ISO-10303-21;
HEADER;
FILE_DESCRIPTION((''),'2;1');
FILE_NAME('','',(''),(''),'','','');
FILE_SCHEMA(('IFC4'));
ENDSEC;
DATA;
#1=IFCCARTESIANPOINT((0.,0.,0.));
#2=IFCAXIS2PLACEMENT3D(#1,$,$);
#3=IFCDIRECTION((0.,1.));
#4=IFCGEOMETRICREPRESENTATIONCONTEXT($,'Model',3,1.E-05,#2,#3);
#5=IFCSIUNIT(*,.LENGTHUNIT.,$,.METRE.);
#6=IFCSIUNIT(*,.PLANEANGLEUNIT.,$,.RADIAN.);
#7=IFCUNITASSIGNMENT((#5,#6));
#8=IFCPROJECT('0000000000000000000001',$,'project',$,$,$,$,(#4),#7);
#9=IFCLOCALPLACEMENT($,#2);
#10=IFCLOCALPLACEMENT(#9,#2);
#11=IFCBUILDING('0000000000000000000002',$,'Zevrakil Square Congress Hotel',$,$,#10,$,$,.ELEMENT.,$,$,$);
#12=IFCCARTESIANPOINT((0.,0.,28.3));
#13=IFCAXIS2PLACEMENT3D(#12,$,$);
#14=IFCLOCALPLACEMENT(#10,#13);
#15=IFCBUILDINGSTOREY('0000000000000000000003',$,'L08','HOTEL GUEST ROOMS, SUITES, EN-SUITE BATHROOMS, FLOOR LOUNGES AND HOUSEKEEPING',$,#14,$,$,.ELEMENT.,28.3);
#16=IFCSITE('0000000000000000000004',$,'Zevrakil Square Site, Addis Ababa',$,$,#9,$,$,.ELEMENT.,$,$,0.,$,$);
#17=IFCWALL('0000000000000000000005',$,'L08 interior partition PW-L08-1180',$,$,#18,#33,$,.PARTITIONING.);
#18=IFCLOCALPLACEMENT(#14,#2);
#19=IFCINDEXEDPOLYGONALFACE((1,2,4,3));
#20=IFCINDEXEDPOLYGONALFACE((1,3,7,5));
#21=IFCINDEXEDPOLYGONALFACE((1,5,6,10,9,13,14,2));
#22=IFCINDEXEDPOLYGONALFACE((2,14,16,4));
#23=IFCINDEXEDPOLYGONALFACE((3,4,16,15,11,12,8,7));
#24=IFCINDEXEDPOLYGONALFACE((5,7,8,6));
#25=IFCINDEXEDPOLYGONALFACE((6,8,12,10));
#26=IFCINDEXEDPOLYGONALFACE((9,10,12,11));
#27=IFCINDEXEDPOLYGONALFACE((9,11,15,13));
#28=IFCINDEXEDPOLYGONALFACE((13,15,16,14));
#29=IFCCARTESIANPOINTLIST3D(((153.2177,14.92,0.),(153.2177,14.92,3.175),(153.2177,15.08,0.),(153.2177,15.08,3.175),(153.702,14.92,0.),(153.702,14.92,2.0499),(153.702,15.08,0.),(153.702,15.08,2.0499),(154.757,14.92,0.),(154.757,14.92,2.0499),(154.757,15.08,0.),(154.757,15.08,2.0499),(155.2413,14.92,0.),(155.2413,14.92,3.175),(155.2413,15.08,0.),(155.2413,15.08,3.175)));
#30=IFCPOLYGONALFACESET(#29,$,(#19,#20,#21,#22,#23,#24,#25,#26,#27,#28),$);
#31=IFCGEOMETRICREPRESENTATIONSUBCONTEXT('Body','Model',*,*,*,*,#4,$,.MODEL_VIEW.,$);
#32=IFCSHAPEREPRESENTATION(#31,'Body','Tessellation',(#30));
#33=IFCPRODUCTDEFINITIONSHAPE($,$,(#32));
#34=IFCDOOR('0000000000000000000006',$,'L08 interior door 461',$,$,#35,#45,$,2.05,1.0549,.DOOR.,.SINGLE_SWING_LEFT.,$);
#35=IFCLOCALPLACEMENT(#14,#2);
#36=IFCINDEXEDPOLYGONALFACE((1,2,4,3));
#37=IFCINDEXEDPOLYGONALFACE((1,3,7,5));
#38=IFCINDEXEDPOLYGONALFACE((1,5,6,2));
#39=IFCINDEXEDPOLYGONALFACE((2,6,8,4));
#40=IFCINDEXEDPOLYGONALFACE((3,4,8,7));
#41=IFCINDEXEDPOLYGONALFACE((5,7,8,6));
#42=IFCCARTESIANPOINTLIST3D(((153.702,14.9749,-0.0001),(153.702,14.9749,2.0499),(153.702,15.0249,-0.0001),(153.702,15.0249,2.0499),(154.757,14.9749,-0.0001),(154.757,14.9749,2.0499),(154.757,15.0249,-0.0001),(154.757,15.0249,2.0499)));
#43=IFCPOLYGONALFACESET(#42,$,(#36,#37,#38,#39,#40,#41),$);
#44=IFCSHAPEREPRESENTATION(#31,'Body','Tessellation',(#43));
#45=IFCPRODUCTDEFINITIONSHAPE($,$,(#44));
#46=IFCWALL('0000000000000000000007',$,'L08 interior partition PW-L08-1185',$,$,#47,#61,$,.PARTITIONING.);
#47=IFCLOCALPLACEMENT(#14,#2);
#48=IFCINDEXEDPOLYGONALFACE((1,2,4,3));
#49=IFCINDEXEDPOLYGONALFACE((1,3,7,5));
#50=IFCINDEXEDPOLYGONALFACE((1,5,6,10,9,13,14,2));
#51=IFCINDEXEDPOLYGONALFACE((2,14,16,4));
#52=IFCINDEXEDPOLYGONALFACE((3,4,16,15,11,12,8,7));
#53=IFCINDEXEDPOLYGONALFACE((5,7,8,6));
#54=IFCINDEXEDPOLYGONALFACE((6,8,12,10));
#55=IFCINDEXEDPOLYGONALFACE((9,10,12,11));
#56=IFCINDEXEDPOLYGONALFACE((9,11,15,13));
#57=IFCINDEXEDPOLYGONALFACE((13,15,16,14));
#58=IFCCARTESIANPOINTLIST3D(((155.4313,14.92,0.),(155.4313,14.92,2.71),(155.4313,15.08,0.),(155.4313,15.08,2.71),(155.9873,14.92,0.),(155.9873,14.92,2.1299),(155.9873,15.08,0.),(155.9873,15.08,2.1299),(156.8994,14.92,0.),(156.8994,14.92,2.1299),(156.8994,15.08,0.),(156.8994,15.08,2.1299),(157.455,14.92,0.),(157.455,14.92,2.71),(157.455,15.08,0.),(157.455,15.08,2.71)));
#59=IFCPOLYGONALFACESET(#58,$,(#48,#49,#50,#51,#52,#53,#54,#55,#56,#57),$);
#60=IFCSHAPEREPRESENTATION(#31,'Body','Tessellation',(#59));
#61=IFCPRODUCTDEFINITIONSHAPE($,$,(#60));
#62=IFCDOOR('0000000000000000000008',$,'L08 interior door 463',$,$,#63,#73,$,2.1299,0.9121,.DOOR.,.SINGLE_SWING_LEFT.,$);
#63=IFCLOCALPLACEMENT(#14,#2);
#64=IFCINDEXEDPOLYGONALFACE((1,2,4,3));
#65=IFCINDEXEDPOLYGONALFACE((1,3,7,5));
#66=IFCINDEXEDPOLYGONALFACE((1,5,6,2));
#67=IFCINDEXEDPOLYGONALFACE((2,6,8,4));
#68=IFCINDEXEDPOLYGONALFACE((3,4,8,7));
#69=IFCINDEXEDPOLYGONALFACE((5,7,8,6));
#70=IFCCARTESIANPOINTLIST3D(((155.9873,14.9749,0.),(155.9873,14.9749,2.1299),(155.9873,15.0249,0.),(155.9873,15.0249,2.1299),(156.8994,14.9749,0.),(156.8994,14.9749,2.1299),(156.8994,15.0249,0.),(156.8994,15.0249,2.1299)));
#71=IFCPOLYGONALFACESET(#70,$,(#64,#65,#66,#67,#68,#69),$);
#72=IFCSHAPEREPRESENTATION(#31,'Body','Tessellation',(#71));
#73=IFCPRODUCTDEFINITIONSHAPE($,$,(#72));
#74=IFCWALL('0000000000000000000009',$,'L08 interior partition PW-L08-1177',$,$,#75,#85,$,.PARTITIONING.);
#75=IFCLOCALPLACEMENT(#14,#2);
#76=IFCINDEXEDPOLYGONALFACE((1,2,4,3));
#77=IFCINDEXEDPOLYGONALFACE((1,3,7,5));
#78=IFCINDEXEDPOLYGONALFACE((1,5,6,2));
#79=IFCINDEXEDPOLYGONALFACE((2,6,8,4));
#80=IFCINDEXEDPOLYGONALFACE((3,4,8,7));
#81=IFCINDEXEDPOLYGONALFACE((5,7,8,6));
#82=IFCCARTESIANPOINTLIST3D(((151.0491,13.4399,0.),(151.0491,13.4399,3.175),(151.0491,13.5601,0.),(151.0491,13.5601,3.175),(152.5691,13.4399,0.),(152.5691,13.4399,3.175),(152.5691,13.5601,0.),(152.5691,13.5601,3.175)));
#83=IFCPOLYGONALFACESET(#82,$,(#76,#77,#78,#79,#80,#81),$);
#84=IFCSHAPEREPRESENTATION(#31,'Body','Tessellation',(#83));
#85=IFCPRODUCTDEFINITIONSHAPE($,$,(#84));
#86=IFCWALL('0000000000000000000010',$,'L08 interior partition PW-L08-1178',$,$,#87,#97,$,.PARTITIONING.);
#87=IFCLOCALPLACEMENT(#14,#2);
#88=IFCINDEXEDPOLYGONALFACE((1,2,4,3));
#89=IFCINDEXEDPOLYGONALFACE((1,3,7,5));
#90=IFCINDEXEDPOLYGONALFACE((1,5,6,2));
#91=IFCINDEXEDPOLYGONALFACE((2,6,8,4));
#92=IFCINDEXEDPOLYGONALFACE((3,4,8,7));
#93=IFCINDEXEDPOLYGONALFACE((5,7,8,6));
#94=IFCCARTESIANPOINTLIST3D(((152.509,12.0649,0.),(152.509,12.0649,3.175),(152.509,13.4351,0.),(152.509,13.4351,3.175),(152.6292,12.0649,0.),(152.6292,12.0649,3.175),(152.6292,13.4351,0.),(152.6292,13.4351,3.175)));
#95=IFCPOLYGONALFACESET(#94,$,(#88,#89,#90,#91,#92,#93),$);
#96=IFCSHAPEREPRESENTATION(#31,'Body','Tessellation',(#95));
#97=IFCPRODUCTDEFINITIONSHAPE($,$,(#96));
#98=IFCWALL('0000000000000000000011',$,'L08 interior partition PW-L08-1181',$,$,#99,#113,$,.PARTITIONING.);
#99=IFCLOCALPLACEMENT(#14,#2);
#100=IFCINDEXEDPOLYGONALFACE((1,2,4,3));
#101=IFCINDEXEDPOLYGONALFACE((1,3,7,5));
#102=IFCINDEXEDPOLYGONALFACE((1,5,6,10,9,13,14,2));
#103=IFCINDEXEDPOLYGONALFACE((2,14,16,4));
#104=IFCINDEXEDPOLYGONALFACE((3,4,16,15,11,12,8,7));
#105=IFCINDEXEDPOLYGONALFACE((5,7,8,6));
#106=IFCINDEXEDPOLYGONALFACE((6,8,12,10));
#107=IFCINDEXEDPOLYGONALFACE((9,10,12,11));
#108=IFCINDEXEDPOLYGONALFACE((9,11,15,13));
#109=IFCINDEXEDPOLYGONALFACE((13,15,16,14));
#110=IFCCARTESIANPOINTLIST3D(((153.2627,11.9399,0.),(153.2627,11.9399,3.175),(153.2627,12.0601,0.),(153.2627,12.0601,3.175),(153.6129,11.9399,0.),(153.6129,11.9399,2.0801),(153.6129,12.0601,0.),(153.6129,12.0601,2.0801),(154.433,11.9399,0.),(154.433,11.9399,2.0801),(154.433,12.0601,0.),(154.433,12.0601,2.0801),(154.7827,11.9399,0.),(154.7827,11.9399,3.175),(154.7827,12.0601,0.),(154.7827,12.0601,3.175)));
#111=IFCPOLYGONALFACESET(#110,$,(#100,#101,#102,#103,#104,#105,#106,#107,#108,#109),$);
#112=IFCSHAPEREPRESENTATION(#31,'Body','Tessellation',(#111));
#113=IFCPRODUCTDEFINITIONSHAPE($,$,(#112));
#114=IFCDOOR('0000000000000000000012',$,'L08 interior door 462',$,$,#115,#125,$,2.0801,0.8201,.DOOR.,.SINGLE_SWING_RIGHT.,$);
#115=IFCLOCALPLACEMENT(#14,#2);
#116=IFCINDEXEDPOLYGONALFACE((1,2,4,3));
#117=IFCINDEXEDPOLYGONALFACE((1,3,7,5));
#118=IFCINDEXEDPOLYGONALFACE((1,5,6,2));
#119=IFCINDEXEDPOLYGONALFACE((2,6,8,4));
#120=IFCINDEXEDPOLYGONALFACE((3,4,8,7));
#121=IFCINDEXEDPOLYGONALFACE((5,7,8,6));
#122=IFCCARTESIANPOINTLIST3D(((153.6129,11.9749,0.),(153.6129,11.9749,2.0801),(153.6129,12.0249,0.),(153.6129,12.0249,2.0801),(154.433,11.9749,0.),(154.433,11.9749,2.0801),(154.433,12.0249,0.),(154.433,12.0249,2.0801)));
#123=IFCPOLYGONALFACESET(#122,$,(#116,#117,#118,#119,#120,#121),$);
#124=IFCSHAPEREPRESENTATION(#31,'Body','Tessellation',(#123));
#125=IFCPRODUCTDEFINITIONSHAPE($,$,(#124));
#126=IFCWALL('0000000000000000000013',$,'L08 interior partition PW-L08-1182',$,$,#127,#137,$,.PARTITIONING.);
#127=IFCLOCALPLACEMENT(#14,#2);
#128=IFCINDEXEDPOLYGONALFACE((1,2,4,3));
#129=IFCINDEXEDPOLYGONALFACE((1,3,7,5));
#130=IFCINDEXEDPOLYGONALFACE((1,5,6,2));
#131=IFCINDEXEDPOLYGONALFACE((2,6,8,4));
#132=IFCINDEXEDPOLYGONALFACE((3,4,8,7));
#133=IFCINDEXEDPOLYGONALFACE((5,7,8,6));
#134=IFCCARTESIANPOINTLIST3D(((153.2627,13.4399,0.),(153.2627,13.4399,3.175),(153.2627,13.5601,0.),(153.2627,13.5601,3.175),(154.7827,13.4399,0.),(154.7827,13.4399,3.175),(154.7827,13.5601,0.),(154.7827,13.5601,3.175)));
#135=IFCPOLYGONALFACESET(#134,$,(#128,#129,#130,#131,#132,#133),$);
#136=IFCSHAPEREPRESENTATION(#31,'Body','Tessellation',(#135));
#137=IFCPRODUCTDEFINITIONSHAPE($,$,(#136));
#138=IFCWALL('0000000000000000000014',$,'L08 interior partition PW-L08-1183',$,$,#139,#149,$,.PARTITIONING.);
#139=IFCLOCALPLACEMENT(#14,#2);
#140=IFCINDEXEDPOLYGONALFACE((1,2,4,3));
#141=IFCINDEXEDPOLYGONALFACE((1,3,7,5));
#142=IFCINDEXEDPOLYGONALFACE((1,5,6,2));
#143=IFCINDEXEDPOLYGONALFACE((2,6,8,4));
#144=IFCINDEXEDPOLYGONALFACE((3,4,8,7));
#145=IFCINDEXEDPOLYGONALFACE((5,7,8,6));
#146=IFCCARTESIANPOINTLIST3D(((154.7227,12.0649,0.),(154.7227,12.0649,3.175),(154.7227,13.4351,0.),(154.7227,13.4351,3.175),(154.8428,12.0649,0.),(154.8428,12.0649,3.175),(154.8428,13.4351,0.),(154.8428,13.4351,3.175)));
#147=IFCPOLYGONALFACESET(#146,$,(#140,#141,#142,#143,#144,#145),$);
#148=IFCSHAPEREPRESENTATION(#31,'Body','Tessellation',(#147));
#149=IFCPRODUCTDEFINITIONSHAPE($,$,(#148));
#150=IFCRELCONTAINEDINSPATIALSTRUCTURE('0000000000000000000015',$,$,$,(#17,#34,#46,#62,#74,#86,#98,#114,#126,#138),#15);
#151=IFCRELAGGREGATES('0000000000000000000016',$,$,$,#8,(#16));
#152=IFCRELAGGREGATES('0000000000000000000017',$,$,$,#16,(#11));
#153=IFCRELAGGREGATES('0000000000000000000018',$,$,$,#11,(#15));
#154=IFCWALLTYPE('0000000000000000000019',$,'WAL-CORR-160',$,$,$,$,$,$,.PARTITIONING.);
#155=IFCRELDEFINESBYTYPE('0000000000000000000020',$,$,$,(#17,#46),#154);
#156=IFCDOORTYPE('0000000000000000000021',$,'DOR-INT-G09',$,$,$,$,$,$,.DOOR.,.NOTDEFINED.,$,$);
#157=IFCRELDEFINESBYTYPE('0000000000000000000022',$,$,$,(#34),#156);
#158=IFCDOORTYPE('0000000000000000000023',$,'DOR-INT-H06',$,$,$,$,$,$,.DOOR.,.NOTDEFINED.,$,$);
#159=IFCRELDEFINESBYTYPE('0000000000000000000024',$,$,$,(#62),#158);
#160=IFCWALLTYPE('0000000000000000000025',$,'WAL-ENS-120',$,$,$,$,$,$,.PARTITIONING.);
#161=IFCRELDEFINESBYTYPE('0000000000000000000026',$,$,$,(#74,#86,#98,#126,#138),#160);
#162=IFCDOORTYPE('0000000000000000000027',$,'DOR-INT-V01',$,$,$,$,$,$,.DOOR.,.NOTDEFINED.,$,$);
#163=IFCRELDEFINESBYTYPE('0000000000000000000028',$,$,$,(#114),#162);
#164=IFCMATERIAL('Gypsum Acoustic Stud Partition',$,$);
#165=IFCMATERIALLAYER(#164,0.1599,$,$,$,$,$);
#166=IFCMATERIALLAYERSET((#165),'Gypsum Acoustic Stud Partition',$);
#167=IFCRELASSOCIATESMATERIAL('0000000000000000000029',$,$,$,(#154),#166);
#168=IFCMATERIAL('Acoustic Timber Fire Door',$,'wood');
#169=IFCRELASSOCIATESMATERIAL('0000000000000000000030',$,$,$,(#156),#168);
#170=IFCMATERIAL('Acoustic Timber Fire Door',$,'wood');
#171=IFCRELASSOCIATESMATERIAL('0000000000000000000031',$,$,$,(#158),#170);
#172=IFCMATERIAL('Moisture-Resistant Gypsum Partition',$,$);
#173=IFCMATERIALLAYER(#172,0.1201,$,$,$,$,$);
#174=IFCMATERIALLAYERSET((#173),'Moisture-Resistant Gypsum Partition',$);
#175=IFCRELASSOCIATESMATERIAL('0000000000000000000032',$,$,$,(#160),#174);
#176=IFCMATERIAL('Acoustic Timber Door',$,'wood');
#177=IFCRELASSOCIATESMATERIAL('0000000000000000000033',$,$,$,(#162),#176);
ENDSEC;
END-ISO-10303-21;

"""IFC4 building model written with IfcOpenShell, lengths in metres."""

from ifc_helpers import new_model, si_unit, direction, frame, frame_2d, origin, place, context, subcontext, project, spatial, rectangle, extrude, material, layer, layer_set, type_object, element, fill, save


model = new_model("IFC4")

# Units and contexts
model_context = context("Model", 3, precision=1e-05, world=origin(), true_north=direction((0.0, 1.0)))
body_context = subcontext(model_context, "Body", "Model", "MODEL_VIEW")
ifc_project = project(units=[si_unit("LENGTHUNIT", "METRE"), si_unit("PLANEANGLEUNIT", "RADIAN")], contexts=[model_context])

# Site, building, storey
site_placement = place(None, origin())
site = spatial("IfcSite", under=ifc_project, at=site_placement, Name="Zevrakil Square Site, Addis Ababa", CompositionType="ELEMENT", RefElevation=0.0)
building_placement = place(site_placement, origin())
building = spatial("IfcBuilding", under=site, at=building_placement, Name="Zevrakil Square Congress Hotel", CompositionType="ELEMENT")
storey_placement = place(building_placement, frame((0.0, 0.0, 28.3)))
storey = spatial("IfcBuildingStorey", under=building, at=storey_placement, Name="L08", Description="HOTEL GUEST ROOMS, SUITES, EN-SUITE BATHROOMS, FLOOR LOUNGES AND HOUSEKEEPING", CompositionType="ELEMENT", Elevation=28.3)

# Shared definitions
ifc_material_1 = material(Name="Gypsum Acoustic Stud Partition")
ifc_layer_1 = layer(ifc_material_1, 0.1599)
ifc_layer_set_1 = layer_set([ifc_layer_1], Name="Gypsum Acoustic Stud Partition")
wall_type_1 = type_object("IfcWallType", Name="WAL-CORR-160", PredefinedType="PARTITIONING", material=ifc_layer_set_1)

# Walls, openings, doors
wall_1_placement = place(storey_placement, frame((153.2178, 15.0, 0.0), z_axis=(0.0, 0.0, 1.0), x_axis=(1.0, 0.0, 0.0)))
wall_1 = element("IfcWall", 1, at=wall_1_placement, inside=storey, type_object=wall_type_1, Name="L08 interior partition PW-L08-1180", PredefinedType="PARTITIONING", context=body_context, shape_type="SweptSolid", body=[
    extrude(rectangle(XDim=2.0237, YDim=0.1599, at=frame_2d((1.0117, 0.0))), origin(), (0.0, 0.0, 1.0), 3.175),
])
opening_1_placement = place(wall_1_placement, frame((0.4844, 0.0, 0.0)))
opening_1 = element("IfcOpeningElement", 2, at=opening_1_placement, cuts=wall_1, PredefinedType="OPENING", context=body_context, shape_type="SweptSolid", body=[
    extrude(rectangle(XDim=1.0549, YDim=2.05, at=frame_2d((0.5273, 1.0249))), frame((0.0, 0.0898, 0.0), z_axis=(0.0, -1.0, 0.0), x_axis=(1.0, 0.0, 0.0)), (0.0, 0.0, 1.0), 0.1799),
])
ifc_material_2 = material(Name="Acoustic Timber Fire Door", Category="wood")
door_type_1 = type_object("IfcDoorType", Name="DOR-INT-G09", OperationType="NOTDEFINED", PredefinedType="DOOR", material=ifc_material_2)
door_1_placement = place(opening_1_placement, origin())
door_1 = element("IfcDoor", 3, at=door_1_placement, inside=storey, type_object=door_type_1, Name="L08 interior door 461", OperationType="SINGLE_SWING_LEFT", OverallHeight=2.05, OverallWidth=1.0549, PredefinedType="DOOR", context=body_context, shape_type="SweptSolid", body=[
    extrude(rectangle(XDim=1.0549, YDim=2.05, at=frame_2d((0.5273, 1.0249))), frame((0.0, 0.0249, 0.0), z_axis=(0.0, -1.0, 0.0), x_axis=(1.0, 0.0, 0.0)), (0.0, 0.0, 1.0), 0.05),
])
fill(opening_1, door_1)
wall_2_placement = place(storey_placement, frame((155.4314, 15.0, 0.0), z_axis=(0.0, 0.0, 1.0), x_axis=(1.0, 0.0, 0.0)))
wall_2 = element("IfcWall", 4, at=wall_2_placement, inside=storey, type_object=wall_type_1, Name="L08 interior partition PW-L08-1185", PredefinedType="PARTITIONING", context=body_context, shape_type="SweptSolid", body=[
    extrude(rectangle(XDim=2.0237, YDim=0.1599, at=frame_2d((1.0117, 0.0))), origin(), (0.0, 0.0, 1.0), 2.71),
])
opening_2_placement = place(wall_2_placement, frame((0.5559, 0.0, 0.0)))
opening_2 = element("IfcOpeningElement", 5, at=opening_2_placement, cuts=wall_2, PredefinedType="OPENING", context=body_context, shape_type="SweptSolid", body=[
    extrude(rectangle(XDim=0.9121, YDim=2.1299, at=frame_2d((0.4561, 1.0649))), frame((0.0, 0.0898, 0.0), z_axis=(0.0, -1.0, 0.0), x_axis=(1.0, 0.0, 0.0)), (0.0, 0.0, 1.0), 0.1799),
])
ifc_material_3 = material(Name="Acoustic Timber Fire Door", Category="wood")
door_type_2 = type_object("IfcDoorType", Name="DOR-INT-H06", OperationType="NOTDEFINED", PredefinedType="DOOR", material=ifc_material_3)
door_2_placement = place(opening_2_placement, origin())
door_2 = element("IfcDoor", 6, at=door_2_placement, inside=storey, type_object=door_type_2, Name="L08 interior door 463", OperationType="SINGLE_SWING_LEFT", OverallHeight=2.1299, OverallWidth=0.9121, PredefinedType="DOOR", context=body_context, shape_type="SweptSolid", body=[
    extrude(rectangle(XDim=0.9121, YDim=2.1299, at=frame_2d((0.4561, 1.0649))), frame((0.0, 0.0249, 0.0), z_axis=(0.0, -1.0, 0.0), x_axis=(1.0, 0.0, 0.0)), (0.0, 0.0, 1.0), 0.05),
])
fill(opening_2, door_2)

# Walls
ifc_material_4 = material(Name="Moisture-Resistant Gypsum Partition")
ifc_layer_2 = layer(ifc_material_4, 0.1201)
ifc_layer_set_2 = layer_set([ifc_layer_2], Name="Moisture-Resistant Gypsum Partition")
wall_type_2 = type_object("IfcWallType", Name="WAL-ENS-120", PredefinedType="PARTITIONING", material=ifc_layer_set_2)
wall_3_placement = place(storey_placement, frame((151.0491, 13.5, 0.0), z_axis=(0.0, 0.0, 1.0), x_axis=(1.0, 0.0, 0.0)))
element("IfcWall", 7, at=wall_3_placement, inside=storey, type_object=wall_type_2, Name="L08 interior partition PW-L08-1177", PredefinedType="PARTITIONING", context=body_context, shape_type="SweptSolid", body=[
    extrude(rectangle(XDim=1.52, YDim=0.1201, at=frame_2d((0.76, 0.0))), origin(), (0.0, 0.0, 1.0), 3.175),
])
wall_4_placement = place(storey_placement, frame((152.5691, 12.0649, 0.0), z_axis=(0.0, 0.0, 1.0), x_axis=(0.0, 1.0, 0.0)))
element("IfcWall", 8, at=wall_4_placement, inside=storey, type_object=wall_type_2, Name="L08 interior partition PW-L08-1178", PredefinedType="PARTITIONING", context=body_context, shape_type="SweptSolid", body=[
    extrude(rectangle(XDim=1.3701, YDim=0.1201, at=frame_2d((0.6851, 0.0))), origin(), (0.0, 0.0, 1.0), 3.175),
])

# Wall, opening, door
wall_5_placement = place(storey_placement, frame((153.2627, 12.0, 0.0), z_axis=(0.0, 0.0, 1.0), x_axis=(1.0, 0.0, 0.0)))
wall_5 = element("IfcWall", 9, at=wall_5_placement, inside=storey, type_object=wall_type_2, Name="L08 interior partition PW-L08-1181", PredefinedType="PARTITIONING", context=body_context, shape_type="SweptSolid", body=[
    extrude(rectangle(XDim=1.52, YDim=0.1201, at=frame_2d((0.76, 0.0))), origin(), (0.0, 0.0, 1.0), 3.175),
])
opening_3_placement = place(wall_5_placement, frame((0.3501, 0.0, 0.0)))
opening_3 = element("IfcOpeningElement", 10, at=opening_3_placement, cuts=wall_5, PredefinedType="OPENING", context=body_context, shape_type="SweptSolid", body=[
    extrude(rectangle(XDim=0.8201, YDim=2.0801, at=frame_2d((0.4102, 1.04))), frame((0.0, 0.0701, 0.0), z_axis=(0.0, -1.0, 0.0), x_axis=(1.0, 0.0, 0.0)), (0.0, 0.0, 1.0), 0.1401),
])
ifc_material_5 = material(Name="Acoustic Timber Door", Category="wood")
door_type_3 = type_object("IfcDoorType", Name="DOR-INT-V01", OperationType="NOTDEFINED", PredefinedType="DOOR", material=ifc_material_5)
door_3_placement = place(opening_3_placement, origin())
door_3 = element("IfcDoor", 11, at=door_3_placement, inside=storey, type_object=door_type_3, Name="L08 interior door 462", OperationType="SINGLE_SWING_RIGHT", OverallHeight=2.0801, OverallWidth=0.8201, PredefinedType="DOOR", context=body_context, shape_type="SweptSolid", body=[
    extrude(rectangle(XDim=0.8201, YDim=2.0801, at=frame_2d((0.4102, 1.04))), frame((0.0, 0.0249, 0.0), z_axis=(0.0, -1.0, 0.0), x_axis=(1.0, 0.0, 0.0)), (0.0, 0.0, 1.0), 0.05),
])
fill(opening_3, door_3)

# Walls
wall_6_placement = place(storey_placement, frame((153.2627, 13.5, 0.0), z_axis=(0.0, 0.0, 1.0), x_axis=(1.0, 0.0, 0.0)))
element("IfcWall", 12, at=wall_6_placement, inside=storey, type_object=wall_type_2, Name="L08 interior partition PW-L08-1182", PredefinedType="PARTITIONING", context=body_context, shape_type="SweptSolid", body=[
    extrude(rectangle(XDim=1.52, YDim=0.1201, at=frame_2d((0.76, 0.0))), origin(), (0.0, 0.0, 1.0), 3.175),
])
wall_7_placement = place(storey_placement, frame((154.7827, 12.0649, 0.0), z_axis=(0.0, 0.0, 1.0), x_axis=(0.0, 1.0, 0.0)))
element("IfcWall", 13, at=wall_7_placement, inside=storey, type_object=wall_type_2, Name="L08 interior partition PW-L08-1183", PredefinedType="PARTITIONING", context=body_context, shape_type="SweptSolid", body=[
    extrude(rectangle(XDim=1.3701, YDim=0.1201, at=frame_2d((0.6851, 0.0))), origin(), (0.0, 0.0, 1.0), 3.175),
])

save(model, "model.ifc")
